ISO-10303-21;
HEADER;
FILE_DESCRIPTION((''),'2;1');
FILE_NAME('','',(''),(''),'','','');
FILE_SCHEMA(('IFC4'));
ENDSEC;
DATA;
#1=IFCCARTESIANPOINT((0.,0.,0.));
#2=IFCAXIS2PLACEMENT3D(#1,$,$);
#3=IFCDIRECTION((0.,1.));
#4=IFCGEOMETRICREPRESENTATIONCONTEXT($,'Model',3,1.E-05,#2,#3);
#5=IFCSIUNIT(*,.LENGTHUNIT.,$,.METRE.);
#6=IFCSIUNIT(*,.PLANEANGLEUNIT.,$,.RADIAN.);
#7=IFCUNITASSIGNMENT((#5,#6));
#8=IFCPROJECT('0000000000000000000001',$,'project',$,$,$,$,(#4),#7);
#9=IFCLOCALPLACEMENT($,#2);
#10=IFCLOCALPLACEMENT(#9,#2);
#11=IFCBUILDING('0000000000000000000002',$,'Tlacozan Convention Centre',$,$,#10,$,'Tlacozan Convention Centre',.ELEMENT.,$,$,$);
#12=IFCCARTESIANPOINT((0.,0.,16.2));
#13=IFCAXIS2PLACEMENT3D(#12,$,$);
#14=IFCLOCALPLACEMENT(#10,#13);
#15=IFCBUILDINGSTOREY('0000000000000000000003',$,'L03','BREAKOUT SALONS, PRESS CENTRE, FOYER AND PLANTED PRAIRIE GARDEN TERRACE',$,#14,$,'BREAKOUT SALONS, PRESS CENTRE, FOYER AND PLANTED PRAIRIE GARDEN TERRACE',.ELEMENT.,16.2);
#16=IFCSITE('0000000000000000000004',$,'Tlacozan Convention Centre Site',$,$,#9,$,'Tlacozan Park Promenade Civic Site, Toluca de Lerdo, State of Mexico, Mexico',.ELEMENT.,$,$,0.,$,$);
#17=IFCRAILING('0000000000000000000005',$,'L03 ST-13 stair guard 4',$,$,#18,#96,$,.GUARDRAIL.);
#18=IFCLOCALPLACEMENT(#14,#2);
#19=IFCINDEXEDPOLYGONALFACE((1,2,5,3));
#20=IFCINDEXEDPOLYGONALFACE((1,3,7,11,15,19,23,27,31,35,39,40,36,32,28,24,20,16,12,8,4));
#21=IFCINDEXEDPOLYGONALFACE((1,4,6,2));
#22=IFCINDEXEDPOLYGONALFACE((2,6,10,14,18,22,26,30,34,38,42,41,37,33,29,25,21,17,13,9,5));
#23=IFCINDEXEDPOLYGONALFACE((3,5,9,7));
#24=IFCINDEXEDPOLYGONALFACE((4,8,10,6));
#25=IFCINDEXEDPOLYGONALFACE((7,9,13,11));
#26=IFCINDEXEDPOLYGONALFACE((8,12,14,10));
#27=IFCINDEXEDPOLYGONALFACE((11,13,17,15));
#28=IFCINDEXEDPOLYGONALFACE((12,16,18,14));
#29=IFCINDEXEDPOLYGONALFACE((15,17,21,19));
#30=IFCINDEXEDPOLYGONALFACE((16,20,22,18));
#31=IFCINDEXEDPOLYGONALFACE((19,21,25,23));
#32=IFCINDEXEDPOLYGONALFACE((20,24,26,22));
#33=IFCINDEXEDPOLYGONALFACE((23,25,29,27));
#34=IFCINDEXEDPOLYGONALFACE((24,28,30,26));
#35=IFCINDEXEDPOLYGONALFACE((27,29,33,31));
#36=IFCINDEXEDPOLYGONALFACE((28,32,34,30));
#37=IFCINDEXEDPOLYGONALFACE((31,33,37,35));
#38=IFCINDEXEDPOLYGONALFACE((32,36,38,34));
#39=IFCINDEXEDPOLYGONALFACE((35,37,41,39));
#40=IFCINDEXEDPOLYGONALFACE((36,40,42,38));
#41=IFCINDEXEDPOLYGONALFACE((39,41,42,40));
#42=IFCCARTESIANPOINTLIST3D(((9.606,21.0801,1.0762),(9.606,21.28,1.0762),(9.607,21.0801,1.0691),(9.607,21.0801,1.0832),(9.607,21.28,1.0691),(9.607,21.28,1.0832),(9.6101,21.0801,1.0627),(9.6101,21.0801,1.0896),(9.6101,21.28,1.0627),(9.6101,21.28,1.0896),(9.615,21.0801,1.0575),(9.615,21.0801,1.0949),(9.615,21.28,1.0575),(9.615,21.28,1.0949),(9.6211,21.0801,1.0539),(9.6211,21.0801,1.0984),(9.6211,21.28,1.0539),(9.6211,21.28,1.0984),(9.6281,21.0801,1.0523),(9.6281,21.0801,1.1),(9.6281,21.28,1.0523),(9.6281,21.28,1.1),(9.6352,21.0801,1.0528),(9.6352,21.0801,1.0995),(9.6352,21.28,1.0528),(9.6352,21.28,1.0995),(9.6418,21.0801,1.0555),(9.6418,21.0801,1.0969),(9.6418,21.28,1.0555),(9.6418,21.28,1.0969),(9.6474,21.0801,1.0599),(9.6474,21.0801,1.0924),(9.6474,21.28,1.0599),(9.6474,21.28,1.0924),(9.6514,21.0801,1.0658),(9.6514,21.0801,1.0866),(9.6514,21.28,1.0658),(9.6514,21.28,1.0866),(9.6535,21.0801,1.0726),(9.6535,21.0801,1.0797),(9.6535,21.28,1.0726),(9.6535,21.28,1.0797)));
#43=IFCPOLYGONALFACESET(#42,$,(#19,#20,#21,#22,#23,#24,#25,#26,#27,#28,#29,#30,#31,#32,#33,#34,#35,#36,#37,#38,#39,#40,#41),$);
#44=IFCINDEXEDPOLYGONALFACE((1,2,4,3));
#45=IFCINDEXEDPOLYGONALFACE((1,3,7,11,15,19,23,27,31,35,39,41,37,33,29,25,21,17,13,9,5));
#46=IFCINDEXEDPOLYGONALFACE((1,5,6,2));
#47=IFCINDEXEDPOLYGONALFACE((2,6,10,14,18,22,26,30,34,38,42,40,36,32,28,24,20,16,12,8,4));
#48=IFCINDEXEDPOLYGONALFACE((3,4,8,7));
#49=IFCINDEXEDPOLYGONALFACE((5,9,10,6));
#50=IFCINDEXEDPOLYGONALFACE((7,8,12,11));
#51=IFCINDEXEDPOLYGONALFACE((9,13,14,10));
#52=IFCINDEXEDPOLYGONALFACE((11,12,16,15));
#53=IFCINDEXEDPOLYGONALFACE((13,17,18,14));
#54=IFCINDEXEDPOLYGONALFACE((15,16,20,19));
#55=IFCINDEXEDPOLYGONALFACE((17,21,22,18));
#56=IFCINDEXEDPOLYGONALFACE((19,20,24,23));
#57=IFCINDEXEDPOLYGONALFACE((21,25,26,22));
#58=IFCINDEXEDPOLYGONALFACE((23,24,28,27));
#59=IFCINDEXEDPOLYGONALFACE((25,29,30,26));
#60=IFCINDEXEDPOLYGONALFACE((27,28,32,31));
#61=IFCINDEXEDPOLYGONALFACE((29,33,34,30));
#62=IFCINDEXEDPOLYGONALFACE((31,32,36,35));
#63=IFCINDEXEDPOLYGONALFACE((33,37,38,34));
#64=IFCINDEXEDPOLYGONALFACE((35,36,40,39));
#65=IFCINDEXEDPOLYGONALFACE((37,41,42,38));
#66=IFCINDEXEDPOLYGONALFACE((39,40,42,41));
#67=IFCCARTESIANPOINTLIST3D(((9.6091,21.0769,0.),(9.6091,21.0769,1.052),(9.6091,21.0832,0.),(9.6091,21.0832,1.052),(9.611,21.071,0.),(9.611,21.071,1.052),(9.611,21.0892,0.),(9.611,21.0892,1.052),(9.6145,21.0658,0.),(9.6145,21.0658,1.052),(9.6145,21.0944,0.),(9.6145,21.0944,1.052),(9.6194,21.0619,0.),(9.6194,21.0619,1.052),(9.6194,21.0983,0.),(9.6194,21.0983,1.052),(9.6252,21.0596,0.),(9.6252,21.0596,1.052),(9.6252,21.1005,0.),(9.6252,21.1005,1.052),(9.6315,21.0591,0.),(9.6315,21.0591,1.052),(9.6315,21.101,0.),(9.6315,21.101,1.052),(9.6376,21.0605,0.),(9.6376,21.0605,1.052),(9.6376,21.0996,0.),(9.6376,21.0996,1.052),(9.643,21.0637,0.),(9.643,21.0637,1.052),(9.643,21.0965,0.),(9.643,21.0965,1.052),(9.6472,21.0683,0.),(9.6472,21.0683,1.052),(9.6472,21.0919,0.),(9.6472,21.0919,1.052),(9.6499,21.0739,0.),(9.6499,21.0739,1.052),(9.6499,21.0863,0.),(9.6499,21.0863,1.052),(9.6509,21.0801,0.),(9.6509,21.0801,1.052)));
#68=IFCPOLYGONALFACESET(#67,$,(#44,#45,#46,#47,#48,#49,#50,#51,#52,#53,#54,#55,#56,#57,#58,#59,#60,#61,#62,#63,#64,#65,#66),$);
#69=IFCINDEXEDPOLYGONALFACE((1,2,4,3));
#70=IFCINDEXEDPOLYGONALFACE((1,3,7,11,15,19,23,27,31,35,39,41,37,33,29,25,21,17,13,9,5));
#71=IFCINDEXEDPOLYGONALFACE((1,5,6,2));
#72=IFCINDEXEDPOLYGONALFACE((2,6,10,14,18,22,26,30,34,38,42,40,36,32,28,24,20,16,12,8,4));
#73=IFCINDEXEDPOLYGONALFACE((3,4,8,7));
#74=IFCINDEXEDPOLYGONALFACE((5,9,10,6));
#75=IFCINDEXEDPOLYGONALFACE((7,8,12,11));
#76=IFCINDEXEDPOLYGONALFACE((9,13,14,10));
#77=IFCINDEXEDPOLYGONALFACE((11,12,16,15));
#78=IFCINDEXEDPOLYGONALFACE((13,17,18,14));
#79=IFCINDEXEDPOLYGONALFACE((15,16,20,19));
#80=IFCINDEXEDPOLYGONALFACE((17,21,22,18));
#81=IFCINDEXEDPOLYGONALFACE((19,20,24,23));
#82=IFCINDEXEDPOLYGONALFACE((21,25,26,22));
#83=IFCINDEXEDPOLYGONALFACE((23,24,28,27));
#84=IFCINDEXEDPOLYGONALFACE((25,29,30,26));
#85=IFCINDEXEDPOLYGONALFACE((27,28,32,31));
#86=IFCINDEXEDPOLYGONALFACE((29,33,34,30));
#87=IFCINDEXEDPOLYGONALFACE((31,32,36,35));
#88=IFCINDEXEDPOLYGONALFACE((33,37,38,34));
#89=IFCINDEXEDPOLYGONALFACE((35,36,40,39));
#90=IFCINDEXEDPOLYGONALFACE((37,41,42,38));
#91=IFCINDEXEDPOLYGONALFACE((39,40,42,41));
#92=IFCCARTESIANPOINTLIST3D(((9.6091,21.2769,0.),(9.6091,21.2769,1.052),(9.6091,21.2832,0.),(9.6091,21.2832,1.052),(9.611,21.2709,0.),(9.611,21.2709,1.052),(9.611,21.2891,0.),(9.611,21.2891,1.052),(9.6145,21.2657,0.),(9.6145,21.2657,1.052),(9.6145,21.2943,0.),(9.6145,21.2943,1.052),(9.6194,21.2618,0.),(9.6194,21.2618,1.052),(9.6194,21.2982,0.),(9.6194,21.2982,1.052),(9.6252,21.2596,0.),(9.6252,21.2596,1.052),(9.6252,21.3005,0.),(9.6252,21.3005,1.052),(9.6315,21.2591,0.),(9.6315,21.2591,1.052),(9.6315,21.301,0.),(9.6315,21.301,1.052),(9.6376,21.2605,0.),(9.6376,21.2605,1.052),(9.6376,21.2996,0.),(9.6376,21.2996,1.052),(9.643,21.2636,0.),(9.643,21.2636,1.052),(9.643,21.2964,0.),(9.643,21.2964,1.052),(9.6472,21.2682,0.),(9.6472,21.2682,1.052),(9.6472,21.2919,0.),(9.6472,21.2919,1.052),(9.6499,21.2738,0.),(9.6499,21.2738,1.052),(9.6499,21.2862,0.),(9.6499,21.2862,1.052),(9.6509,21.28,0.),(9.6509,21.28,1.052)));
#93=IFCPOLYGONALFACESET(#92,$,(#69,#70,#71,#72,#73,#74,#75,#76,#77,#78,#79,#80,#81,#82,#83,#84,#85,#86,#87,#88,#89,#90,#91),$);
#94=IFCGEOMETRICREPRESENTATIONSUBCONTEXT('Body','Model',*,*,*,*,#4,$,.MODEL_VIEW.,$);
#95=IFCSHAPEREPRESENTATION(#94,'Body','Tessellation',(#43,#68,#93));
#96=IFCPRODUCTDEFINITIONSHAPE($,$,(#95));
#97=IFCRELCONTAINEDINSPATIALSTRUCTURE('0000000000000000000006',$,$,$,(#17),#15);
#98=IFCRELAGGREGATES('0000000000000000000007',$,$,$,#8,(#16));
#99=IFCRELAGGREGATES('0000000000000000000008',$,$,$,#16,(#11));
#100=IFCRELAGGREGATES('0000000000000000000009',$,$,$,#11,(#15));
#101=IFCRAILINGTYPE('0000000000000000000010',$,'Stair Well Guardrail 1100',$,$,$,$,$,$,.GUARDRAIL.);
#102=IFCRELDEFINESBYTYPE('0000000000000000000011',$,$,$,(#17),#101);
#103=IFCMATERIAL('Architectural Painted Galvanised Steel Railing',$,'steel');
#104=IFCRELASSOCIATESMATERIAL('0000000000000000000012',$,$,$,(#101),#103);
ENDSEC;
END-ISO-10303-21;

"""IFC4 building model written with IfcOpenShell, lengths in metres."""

from ifc_helpers import new_model, si_unit, direction, frame, origin, origin_2d, place, context, subcontext, project, spatial, circle, extrude, material, type_object, element, save


model = new_model("IFC4")

# Units and contexts
model_context = context("Model", 3, precision=1e-05, world=origin(), true_north=direction((0.0, 1.0)))
body_context = subcontext(model_context, "Body", "Model", "MODEL_VIEW")
ifc_project = project(units=[si_unit("LENGTHUNIT", "METRE"), si_unit("PLANEANGLEUNIT", "RADIAN")], contexts=[model_context])

# Site, building, storey
site_placement = place(None, origin())
site = spatial("IfcSite", under=ifc_project, at=site_placement, Name="Tlacozan Convention Centre Site", LongName="Tlacozan Park Promenade Civic Site, Toluca de Lerdo, State of Mexico, Mexico", CompositionType="ELEMENT", RefElevation=0.0)
building_placement = place(site_placement, origin())
building = spatial("IfcBuilding", under=site, at=building_placement, Name="Tlacozan Convention Centre", LongName="Tlacozan Convention Centre", CompositionType="ELEMENT")
storey_placement = place(building_placement, frame((0.0, 0.0, 16.2)))
storey = spatial("IfcBuildingStorey", under=building, at=storey_placement, Name="L03", Description="BREAKOUT SALONS, PRESS CENTRE, FOYER AND PLANTED PRAIRIE GARDEN TERRACE", LongName="BREAKOUT SALONS, PRESS CENTRE, FOYER AND PLANTED PRAIRIE GARDEN TERRACE", CompositionType="ELEMENT", Elevation=16.2)

# Railing
ifc_material_1 = material(Name="Architectural Painted Galvanised Steel Railing", Category="steel")
railing_type_1 = type_object("IfcRailingType", Name="Stair Well Guardrail 1100", PredefinedType="GUARDRAIL", material=ifc_material_1)
railing_1_placement = place(storey_placement, frame((9.6299, 21.0801, 0.0)))
element("IfcRailing", 1, at=railing_1_placement, inside=storey, type_object=railing_type_1, Name="L03 ST-13 stair guard 4", PredefinedType="GUARDRAIL", context=body_context, shape_type="SweptSolid", body=[
    extrude(circle(Radius=0.0239, at=origin_2d()), frame((0.0, 0.0, 1.0762), z_axis=(0.0, 1.0, 0.0), x_axis=(-1.0, 0.0, 0.0)), (0.0, 0.0, 1.0), 0.2),
    extrude(circle(Radius=0.021, at=origin_2d()), origin(), (0.0, 0.0, 1.0), 1.052),
    extrude(circle(Radius=0.021, at=origin_2d()), frame((0.0, 0.2, 0.0)), (0.0, 0.0, 1.0), 1.052),
])

save(model, "model.ifc")
